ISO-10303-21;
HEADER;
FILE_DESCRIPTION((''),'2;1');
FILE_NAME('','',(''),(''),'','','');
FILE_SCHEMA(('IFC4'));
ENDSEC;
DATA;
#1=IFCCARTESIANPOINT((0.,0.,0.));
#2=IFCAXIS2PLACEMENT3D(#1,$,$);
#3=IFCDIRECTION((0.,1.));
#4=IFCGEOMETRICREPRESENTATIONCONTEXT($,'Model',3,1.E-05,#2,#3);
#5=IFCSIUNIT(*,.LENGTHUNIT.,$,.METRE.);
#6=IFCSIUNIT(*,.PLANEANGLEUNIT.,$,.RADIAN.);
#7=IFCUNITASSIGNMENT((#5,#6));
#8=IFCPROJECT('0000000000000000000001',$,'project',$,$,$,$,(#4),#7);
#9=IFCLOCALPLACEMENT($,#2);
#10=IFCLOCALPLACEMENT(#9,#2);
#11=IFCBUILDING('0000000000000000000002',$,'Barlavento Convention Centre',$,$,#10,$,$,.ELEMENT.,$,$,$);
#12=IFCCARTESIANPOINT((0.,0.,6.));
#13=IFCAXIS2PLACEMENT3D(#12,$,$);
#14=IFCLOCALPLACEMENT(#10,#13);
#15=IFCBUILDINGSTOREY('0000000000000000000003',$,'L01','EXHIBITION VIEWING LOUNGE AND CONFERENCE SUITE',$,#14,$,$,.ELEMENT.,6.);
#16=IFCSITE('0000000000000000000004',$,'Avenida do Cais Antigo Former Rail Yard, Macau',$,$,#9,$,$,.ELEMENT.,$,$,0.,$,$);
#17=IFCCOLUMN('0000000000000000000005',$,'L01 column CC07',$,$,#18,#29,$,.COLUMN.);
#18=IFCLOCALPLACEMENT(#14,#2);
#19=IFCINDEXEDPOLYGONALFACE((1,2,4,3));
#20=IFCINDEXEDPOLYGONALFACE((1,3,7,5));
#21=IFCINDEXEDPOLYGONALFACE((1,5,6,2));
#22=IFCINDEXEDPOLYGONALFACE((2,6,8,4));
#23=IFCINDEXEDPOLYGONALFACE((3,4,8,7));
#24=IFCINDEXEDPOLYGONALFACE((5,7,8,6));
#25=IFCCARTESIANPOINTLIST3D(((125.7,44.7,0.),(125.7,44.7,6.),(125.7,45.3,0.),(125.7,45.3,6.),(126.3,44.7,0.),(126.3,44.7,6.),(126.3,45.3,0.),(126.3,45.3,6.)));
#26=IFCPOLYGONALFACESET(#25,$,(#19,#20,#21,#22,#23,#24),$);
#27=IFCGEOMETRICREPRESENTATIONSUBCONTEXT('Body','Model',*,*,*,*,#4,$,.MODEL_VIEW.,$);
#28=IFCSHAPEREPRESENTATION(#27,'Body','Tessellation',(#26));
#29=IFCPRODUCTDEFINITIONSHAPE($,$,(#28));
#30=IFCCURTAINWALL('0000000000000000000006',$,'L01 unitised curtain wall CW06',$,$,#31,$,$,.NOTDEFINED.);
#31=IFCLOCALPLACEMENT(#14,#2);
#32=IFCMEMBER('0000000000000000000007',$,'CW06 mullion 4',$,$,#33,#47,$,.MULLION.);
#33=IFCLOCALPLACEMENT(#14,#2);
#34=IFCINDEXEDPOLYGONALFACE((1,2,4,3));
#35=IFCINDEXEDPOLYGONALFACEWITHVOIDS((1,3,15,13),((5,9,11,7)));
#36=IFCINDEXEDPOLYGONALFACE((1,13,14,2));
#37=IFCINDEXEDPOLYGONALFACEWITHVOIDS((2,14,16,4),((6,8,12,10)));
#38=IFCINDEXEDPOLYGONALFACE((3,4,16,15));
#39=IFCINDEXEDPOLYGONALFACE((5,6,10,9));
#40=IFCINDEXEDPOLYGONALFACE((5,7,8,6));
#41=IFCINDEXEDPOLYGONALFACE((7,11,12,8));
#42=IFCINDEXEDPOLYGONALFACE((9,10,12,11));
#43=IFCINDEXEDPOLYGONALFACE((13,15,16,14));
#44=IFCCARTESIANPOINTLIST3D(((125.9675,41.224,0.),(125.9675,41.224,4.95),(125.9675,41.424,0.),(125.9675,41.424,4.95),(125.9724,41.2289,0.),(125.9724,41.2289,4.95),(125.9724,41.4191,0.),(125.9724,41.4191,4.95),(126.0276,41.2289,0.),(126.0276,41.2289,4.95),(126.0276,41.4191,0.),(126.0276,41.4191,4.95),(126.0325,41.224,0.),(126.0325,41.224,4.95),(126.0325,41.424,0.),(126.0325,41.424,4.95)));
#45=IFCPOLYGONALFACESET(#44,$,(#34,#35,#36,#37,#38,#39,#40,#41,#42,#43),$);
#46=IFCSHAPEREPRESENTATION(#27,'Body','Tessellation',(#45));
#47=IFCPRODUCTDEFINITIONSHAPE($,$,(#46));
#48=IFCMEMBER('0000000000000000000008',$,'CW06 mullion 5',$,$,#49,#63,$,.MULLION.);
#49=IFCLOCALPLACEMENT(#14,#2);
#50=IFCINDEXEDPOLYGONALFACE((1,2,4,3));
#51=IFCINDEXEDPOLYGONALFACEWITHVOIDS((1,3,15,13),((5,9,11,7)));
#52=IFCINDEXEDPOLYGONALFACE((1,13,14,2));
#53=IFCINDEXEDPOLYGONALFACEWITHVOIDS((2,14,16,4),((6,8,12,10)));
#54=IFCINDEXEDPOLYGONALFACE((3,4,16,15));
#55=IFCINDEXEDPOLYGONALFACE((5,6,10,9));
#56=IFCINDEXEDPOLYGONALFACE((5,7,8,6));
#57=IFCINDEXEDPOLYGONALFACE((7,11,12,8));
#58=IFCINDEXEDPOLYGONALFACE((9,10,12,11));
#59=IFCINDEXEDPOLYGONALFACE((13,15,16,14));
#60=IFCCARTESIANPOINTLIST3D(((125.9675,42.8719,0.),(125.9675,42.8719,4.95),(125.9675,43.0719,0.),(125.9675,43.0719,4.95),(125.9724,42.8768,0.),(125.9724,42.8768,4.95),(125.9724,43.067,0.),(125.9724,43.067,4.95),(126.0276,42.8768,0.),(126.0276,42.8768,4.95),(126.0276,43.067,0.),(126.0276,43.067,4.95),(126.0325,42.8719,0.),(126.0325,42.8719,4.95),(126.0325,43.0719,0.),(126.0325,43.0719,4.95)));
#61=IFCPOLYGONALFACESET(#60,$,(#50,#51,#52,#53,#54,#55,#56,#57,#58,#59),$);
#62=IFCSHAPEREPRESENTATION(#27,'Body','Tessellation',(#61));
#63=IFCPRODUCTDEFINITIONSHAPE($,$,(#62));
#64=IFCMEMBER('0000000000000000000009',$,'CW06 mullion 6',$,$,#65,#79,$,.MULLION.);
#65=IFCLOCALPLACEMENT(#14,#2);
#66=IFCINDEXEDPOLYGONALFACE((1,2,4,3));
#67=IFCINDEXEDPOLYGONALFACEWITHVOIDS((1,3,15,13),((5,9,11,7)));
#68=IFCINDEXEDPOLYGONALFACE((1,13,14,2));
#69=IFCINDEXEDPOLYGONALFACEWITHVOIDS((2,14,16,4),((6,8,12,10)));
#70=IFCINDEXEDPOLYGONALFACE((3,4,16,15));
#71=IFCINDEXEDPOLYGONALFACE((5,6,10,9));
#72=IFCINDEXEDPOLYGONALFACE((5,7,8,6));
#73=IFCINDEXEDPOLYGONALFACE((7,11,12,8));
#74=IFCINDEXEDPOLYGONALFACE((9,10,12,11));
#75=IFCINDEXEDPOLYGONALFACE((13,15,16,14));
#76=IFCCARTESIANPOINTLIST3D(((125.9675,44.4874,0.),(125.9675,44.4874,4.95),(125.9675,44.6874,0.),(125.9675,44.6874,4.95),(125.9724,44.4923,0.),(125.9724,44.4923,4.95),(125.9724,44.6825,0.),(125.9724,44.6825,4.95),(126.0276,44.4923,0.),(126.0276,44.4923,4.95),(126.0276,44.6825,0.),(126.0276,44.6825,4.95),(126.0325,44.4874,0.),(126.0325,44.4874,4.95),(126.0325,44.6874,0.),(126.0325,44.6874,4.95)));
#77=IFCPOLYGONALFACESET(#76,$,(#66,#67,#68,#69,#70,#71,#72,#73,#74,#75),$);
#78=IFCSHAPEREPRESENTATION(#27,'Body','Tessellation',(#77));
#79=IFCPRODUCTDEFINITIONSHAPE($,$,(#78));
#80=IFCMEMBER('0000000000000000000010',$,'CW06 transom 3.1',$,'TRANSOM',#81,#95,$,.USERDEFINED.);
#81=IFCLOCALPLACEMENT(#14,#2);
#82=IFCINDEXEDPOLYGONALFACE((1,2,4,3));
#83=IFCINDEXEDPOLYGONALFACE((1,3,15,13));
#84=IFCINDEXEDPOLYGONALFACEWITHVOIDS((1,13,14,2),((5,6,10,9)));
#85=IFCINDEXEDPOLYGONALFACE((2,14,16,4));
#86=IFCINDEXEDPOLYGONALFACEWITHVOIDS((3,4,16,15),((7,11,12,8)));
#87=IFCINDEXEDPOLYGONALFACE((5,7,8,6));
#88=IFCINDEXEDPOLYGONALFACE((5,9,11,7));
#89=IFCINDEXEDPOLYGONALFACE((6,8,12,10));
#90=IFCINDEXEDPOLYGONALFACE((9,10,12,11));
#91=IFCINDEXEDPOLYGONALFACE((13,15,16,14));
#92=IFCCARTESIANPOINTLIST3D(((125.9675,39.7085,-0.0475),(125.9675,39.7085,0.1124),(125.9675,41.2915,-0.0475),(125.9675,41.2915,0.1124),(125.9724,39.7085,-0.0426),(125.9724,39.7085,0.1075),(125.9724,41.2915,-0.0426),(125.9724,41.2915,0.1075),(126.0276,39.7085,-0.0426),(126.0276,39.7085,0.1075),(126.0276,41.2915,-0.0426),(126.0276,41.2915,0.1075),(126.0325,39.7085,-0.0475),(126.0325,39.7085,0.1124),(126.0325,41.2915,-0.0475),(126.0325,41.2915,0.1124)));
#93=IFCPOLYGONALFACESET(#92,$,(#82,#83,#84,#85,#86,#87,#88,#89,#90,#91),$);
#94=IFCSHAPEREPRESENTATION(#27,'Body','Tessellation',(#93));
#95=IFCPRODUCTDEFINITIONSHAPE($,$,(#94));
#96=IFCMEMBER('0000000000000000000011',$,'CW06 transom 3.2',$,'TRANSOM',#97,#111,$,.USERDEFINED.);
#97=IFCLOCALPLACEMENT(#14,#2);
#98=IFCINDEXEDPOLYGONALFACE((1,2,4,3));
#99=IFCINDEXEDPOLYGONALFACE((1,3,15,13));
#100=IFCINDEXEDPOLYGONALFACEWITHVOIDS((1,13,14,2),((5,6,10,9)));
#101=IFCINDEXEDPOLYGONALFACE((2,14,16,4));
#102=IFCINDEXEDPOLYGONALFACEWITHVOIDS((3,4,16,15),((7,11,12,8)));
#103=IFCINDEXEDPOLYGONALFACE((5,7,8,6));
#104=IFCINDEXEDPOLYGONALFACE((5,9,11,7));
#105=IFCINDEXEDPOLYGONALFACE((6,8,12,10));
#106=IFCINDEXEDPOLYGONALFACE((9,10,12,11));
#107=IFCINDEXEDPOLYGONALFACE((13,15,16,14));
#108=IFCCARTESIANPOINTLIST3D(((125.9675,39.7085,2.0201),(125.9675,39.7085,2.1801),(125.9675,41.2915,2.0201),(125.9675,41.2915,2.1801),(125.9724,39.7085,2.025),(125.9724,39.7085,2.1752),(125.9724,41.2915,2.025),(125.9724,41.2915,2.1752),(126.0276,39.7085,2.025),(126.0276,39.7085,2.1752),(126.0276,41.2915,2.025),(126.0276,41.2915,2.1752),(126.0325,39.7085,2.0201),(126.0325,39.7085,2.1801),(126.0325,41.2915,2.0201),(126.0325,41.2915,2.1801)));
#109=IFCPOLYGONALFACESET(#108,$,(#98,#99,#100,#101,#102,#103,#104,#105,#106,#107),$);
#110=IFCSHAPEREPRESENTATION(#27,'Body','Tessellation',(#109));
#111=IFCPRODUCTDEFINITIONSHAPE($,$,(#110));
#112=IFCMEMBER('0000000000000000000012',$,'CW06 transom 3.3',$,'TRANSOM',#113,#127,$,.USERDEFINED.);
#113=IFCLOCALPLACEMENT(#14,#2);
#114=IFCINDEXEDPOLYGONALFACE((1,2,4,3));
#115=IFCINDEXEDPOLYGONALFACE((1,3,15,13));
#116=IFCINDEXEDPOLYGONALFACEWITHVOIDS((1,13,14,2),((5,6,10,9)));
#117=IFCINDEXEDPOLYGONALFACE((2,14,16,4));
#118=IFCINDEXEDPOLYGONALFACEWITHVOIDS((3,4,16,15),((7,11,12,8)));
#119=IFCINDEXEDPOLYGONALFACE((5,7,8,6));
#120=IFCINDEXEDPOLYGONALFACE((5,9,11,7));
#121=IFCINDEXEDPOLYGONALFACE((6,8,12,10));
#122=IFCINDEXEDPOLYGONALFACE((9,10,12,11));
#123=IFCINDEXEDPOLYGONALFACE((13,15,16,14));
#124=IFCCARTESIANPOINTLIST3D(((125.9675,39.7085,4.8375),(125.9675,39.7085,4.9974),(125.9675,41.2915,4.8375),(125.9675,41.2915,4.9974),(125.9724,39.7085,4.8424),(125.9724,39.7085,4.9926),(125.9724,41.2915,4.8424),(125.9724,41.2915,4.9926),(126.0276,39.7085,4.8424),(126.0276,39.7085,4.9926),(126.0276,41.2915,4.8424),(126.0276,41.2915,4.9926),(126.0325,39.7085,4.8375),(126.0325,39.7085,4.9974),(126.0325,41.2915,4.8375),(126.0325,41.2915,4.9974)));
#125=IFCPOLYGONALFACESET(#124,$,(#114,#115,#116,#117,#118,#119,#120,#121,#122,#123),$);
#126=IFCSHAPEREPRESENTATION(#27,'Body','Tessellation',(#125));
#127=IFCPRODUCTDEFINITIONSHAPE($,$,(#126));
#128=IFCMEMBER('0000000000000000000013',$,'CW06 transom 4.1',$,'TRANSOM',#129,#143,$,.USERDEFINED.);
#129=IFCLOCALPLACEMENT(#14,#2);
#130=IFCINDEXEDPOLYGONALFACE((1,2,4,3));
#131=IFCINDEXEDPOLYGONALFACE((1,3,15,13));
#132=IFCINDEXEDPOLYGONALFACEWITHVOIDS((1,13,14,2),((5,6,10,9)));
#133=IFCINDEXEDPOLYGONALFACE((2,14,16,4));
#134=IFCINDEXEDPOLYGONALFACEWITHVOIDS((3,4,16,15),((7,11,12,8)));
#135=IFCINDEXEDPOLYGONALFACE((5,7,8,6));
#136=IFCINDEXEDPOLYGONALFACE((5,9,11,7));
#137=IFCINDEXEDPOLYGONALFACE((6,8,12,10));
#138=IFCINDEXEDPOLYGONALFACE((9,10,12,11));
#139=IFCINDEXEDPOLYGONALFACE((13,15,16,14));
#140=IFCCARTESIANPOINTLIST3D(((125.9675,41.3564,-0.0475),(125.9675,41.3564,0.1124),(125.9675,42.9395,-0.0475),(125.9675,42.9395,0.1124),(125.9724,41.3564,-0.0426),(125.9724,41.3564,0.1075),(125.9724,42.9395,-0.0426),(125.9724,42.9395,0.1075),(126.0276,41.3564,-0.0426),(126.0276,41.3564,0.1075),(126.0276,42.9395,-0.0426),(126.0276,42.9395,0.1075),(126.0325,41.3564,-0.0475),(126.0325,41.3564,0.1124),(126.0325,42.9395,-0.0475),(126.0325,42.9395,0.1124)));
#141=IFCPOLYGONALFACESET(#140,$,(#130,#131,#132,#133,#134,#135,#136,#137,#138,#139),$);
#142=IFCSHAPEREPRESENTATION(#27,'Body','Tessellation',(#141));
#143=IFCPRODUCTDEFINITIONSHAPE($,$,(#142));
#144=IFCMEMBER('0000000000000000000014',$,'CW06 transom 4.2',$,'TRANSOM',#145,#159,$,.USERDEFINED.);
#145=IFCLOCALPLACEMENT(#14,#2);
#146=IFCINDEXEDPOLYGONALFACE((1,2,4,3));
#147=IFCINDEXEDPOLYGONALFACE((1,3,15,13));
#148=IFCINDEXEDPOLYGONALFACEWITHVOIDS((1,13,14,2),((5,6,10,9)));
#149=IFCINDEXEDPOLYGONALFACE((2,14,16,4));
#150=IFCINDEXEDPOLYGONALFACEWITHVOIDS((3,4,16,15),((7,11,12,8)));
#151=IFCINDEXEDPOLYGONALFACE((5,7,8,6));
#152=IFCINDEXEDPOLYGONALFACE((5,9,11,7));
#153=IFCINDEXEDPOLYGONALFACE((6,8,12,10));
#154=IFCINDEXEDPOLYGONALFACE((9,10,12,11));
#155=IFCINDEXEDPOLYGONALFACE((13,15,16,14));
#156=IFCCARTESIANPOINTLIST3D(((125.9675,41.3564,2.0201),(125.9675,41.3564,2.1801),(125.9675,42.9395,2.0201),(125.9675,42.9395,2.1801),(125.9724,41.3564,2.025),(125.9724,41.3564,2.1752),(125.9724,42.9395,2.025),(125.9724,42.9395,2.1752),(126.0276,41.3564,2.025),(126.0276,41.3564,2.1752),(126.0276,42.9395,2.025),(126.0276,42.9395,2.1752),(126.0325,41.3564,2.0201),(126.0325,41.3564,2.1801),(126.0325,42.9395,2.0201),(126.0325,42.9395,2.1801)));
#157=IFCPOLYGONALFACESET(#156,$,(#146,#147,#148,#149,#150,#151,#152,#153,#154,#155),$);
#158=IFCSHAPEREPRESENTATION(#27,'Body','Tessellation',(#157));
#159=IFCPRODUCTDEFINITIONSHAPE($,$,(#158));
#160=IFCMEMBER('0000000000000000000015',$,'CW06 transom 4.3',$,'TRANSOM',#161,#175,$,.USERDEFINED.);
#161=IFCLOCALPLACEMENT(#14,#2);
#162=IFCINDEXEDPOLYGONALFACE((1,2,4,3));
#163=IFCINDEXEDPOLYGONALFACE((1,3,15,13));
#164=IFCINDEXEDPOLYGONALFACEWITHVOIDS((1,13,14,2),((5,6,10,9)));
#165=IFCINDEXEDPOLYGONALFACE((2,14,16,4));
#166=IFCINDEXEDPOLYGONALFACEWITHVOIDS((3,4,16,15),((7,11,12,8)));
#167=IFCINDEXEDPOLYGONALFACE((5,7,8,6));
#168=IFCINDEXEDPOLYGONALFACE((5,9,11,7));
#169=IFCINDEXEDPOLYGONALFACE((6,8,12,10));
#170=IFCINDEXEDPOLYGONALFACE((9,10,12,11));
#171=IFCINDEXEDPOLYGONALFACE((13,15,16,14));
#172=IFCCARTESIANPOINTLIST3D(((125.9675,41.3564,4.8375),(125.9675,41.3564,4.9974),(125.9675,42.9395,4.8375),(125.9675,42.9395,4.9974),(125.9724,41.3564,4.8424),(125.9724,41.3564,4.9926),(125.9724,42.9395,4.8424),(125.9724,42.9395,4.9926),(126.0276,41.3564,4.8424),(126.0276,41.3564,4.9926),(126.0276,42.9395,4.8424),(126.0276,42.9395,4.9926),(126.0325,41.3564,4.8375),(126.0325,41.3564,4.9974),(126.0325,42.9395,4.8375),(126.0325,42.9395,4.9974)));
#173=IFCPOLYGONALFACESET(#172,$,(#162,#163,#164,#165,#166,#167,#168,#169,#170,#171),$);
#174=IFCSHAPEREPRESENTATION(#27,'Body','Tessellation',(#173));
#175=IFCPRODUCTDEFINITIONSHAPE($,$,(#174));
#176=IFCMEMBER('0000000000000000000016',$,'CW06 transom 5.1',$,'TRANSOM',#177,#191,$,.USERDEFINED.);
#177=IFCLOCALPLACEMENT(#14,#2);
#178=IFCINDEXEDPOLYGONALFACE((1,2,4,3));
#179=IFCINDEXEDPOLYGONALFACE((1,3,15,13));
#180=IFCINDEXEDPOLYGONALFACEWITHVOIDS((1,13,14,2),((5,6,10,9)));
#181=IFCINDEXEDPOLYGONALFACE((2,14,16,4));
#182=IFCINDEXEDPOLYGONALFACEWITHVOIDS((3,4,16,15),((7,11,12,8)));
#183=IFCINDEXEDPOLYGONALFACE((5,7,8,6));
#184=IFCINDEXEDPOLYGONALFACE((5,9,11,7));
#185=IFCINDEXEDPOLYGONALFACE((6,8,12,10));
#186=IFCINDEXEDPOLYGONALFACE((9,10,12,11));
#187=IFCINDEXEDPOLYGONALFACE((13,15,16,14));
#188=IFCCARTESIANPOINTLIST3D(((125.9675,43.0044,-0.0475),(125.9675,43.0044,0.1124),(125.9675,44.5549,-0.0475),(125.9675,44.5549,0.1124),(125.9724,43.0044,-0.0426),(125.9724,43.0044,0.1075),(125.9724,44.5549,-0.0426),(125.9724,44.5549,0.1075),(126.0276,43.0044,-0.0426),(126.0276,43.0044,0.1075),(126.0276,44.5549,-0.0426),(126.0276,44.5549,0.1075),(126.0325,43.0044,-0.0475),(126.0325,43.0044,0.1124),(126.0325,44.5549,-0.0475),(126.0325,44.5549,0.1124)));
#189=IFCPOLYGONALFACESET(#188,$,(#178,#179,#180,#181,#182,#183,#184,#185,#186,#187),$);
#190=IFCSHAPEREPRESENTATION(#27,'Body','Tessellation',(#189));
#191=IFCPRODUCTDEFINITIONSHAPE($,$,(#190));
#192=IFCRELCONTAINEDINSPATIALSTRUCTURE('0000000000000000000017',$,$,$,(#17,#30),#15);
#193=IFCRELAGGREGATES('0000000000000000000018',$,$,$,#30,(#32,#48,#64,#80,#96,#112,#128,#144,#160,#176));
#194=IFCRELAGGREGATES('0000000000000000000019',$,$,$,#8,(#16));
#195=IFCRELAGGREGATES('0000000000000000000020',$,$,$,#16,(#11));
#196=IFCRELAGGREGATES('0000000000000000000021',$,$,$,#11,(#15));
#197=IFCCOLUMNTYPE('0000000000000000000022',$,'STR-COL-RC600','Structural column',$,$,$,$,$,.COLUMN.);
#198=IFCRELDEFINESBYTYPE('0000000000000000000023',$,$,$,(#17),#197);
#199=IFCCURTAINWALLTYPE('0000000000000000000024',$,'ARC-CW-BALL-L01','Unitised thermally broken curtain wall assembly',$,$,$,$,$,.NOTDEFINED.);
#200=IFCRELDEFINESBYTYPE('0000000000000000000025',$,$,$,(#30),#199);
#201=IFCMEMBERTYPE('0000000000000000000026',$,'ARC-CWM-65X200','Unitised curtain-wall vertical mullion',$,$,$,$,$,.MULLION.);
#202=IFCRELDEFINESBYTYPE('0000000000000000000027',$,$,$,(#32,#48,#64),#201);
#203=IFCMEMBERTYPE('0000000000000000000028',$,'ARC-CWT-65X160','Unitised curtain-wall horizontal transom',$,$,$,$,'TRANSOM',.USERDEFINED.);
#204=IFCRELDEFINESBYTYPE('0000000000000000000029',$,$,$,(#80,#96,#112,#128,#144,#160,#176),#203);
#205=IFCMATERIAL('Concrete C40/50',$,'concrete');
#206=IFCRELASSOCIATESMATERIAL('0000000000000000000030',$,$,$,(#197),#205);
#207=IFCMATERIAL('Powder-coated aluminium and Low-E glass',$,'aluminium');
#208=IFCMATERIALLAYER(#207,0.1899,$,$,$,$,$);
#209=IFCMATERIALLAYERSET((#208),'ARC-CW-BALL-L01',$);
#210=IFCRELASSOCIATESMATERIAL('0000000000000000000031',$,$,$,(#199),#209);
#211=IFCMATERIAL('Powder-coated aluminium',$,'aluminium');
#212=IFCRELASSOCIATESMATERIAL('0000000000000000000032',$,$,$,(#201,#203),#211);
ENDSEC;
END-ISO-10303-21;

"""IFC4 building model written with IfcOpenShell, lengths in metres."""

from ifc_helpers import new_model, si_unit, direction, frame, origin, origin_2d, place, context, subcontext, project, spatial, rectangle, hollow_rectangle, extrude, material, layer, layer_set, material_profile, profile_set, type_object, element, aggregate, save


model = new_model("IFC4")

# Units and contexts
model_context = context("Model", 3, precision=1e-05, world=origin(), true_north=direction((0.0, 1.0)))
body_context = subcontext(model_context, "Body", "Model", "MODEL_VIEW")
ifc_project = project(units=[si_unit("LENGTHUNIT", "METRE"), si_unit("PLANEANGLEUNIT", "RADIAN")], contexts=[model_context])

# Site, building, storey
site_placement = place(None, origin())
site = spatial("IfcSite", under=ifc_project, at=site_placement, Name="Avenida do Cais Antigo Former Rail Yard, Macau", CompositionType="ELEMENT", RefElevation=0.0)
building_placement = place(site_placement, origin())
building = spatial("IfcBuilding", under=site, at=building_placement, Name="Barlavento Convention Centre", CompositionType="ELEMENT")
storey_placement = place(building_placement, frame((0.0, 0.0, 6.0)))
storey = spatial("IfcBuildingStorey", under=building, at=storey_placement, Name="L01", Description="EXHIBITION VIEWING LOUNGE AND CONFERENCE SUITE", CompositionType="ELEMENT", Elevation=6.0)

# Column
ifc_material_1 = material(Name="Concrete C40/50", Category="concrete")
ifc_material_profile_1 = material_profile(ifc_material_1, rectangle(XDim=0.6001, YDim=0.6001, at=origin_2d()), Name="RC 600x600")
ifc_profile_set_1 = profile_set([ifc_material_profile_1], Name="Concrete C40/50")
column_type = type_object("IfcColumnType", Name="STR-COL-RC600", Description="Structural column", PredefinedType="COLUMN", material=ifc_profile_set_1)
column_placement = place(storey_placement, frame((126.0, 45.0, 0.0), z_axis=(0.0, 0.0, 1.0), x_axis=(1.0, 0.0, 0.0)))
element("IfcColumn", 1, at=column_placement, inside=storey, type_object=column_type, Name="L01 column CC07", PredefinedType="COLUMN", context=body_context, shape_type="SweptSolid", body=[
    extrude(rectangle(XDim=0.6001, YDim=0.6001, at=origin_2d()), origin(), (0.0, 0.0, 1.0), 6.0),
])

# Curtain wall, members
ifc_material_2 = material(Name="Powder-coated aluminium and Low-E glass", Category="aluminium")
ifc_layer_1 = layer(ifc_material_2, 0.1899)
ifc_layer_set_1 = layer_set([ifc_layer_1], Name="ARC-CW-BALL-L01")
curtain_wall_type = type_object("IfcCurtainWallType", Name="ARC-CW-BALL-L01", Description="Unitised thermally broken curtain wall assembly", PredefinedType="NOTDEFINED", material=ifc_layer_set_1)
curtain_wall_placement = place(storey_placement, origin())
curtain_wall = element("IfcCurtainWall", 2, at=curtain_wall_placement, inside=storey, type_object=curtain_wall_type, Name="L01 unitised curtain wall CW06", PredefinedType="NOTDEFINED")
ifc_material_3 = material(Name="Powder-coated aluminium", Category="aluminium")
ifc_material_profile_2 = material_profile(ifc_material_3, hollow_rectangle(XDim=0.0649, YDim=0.2, WallThickness=0.0049, at=origin_2d()), Name="AL-MULL 65x200x5")
ifc_profile_set_2 = profile_set([ifc_material_profile_2], Name="Powder-coated aluminium")
member_type_1 = type_object("IfcMemberType", Name="ARC-CWM-65X200", Description="Unitised curtain-wall vertical mullion", PredefinedType="MULLION", material=ifc_profile_set_2)
member_1_placement = place(storey_placement, frame((126.0, 41.324, 0.0), z_axis=(0.0, 0.0, 1.0), x_axis=(-1.0, 0.0, 0.0)))
member_1 = element("IfcMember", 3, at=member_1_placement, type_object=member_type_1, Name="CW06 mullion 4", PredefinedType="MULLION", context=body_context, shape_type="SweptSolid", body=[
    extrude(hollow_rectangle(XDim=0.0649, YDim=0.2, WallThickness=0.0049, at=origin_2d()), origin(), (0.0, 0.0, 1.0), 4.95),
])
member_2_placement = place(storey_placement, frame((126.0, 42.9719, 0.0), z_axis=(0.0, 0.0, 1.0), x_axis=(-1.0, 0.0, 0.0)))
member_2 = element("IfcMember", 4, at=member_2_placement, type_object=member_type_1, Name="CW06 mullion 5", PredefinedType="MULLION", context=body_context, shape_type="SweptSolid", body=[
    extrude(hollow_rectangle(XDim=0.0649, YDim=0.2, WallThickness=0.0049, at=origin_2d()), origin(), (0.0, 0.0, 1.0), 4.95),
])
member_3_placement = place(storey_placement, frame((126.0, 44.5874, 0.0), z_axis=(0.0, 0.0, 1.0), x_axis=(-1.0, 0.0, 0.0)))
member_3 = element("IfcMember", 5, at=member_3_placement, type_object=member_type_1, Name="CW06 mullion 6", PredefinedType="MULLION", context=body_context, shape_type="SweptSolid", body=[
    extrude(hollow_rectangle(XDim=0.0649, YDim=0.2, WallThickness=0.0049, at=origin_2d()), origin(), (0.0, 0.0, 1.0), 4.95),
])
ifc_material_profile_3 = material_profile(ifc_material_3, hollow_rectangle(XDim=0.0649, YDim=0.1599, WallThickness=0.0049, at=origin_2d()), Name="AL-TRAN 65x160x5")
ifc_profile_set_3 = profile_set([ifc_material_profile_3], Name="Powder-coated aluminium")
member_type_2 = type_object("IfcMemberType", Name="ARC-CWT-65X160", Description="Unitised curtain-wall horizontal transom", ElementType="TRANSOM", PredefinedType="USERDEFINED", material=ifc_profile_set_3)
member_4_placement = place(storey_placement, frame((126.0, 39.7085, 0.0325), z_axis=(0.0, 1.0, 0.0), x_axis=(-1.0, 0.0, 0.0)))
member_4 = element("IfcMember", 6, at=member_4_placement, type_object=member_type_2, Name="CW06 transom 3.1", ObjectType="TRANSOM", PredefinedType="USERDEFINED", context=body_context, shape_type="SweptSolid", body=[
    extrude(hollow_rectangle(XDim=0.0649, YDim=0.1599, WallThickness=0.0049, at=origin_2d()), origin(), (0.0, 0.0, 1.0), 1.583),
])
member_5_placement = place(storey_placement, frame((126.0, 39.7085, 2.1001), z_axis=(0.0, 1.0, 0.0), x_axis=(-1.0, 0.0, 0.0)))
member_5 = element("IfcMember", 7, at=member_5_placement, type_object=member_type_2, Name="CW06 transom 3.2", ObjectType="TRANSOM", PredefinedType="USERDEFINED", context=body_context, shape_type="SweptSolid", body=[
    extrude(hollow_rectangle(XDim=0.0649, YDim=0.1599, WallThickness=0.0049, at=origin_2d()), origin(), (0.0, 0.0, 1.0), 1.583),
])
member_6_placement = place(storey_placement, frame((126.0, 39.7085, 4.9175), z_axis=(0.0, 1.0, 0.0), x_axis=(-1.0, 0.0, 0.0)))
member_6 = element("IfcMember", 8, at=member_6_placement, type_object=member_type_2, Name="CW06 transom 3.3", ObjectType="TRANSOM", PredefinedType="USERDEFINED", context=body_context, shape_type="SweptSolid", body=[
    extrude(hollow_rectangle(XDim=0.0649, YDim=0.1599, WallThickness=0.0049, at=origin_2d()), origin(), (0.0, 0.0, 1.0), 1.583),
])
member_7_placement = place(storey_placement, frame((126.0, 41.3564, 0.0325), z_axis=(0.0, 1.0, 0.0), x_axis=(-1.0, 0.0, 0.0)))
member_7 = element("IfcMember", 9, at=member_7_placement, type_object=member_type_2, Name="CW06 transom 4.1", ObjectType="TRANSOM", PredefinedType="USERDEFINED", context=body_context, shape_type="SweptSolid", body=[
    extrude(hollow_rectangle(XDim=0.0649, YDim=0.1599, WallThickness=0.0049, at=origin_2d()), origin(), (0.0, 0.0, 1.0), 1.583),
])
member_8_placement = place(storey_placement, frame((126.0, 41.3564, 2.1001), z_axis=(0.0, 1.0, 0.0), x_axis=(-1.0, 0.0, 0.0)))
member_8 = element("IfcMember", 10, at=member_8_placement, type_object=member_type_2, Name="CW06 transom 4.2", ObjectType="TRANSOM", PredefinedType="USERDEFINED", context=body_context, shape_type="SweptSolid", body=[
    extrude(hollow_rectangle(XDim=0.0649, YDim=0.1599, WallThickness=0.0049, at=origin_2d()), origin(), (0.0, 0.0, 1.0), 1.583),
])
member_9_placement = place(storey_placement, frame((126.0, 41.3564, 4.9175), z_axis=(0.0, 1.0, 0.0), x_axis=(-1.0, 0.0, 0.0)))
member_9 = element("IfcMember", 11, at=member_9_placement, type_object=member_type_2, Name="CW06 transom 4.3", ObjectType="TRANSOM", PredefinedType="USERDEFINED", context=body_context, shape_type="SweptSolid", body=[
    extrude(hollow_rectangle(XDim=0.0649, YDim=0.1599, WallThickness=0.0049, at=origin_2d()), origin(), (0.0, 0.0, 1.0), 1.583),
])
member_10_placement = place(storey_placement, frame((126.0, 43.0044, 0.0325), z_axis=(0.0, 1.0, 0.0), x_axis=(-1.0, 0.0, 0.0)))
member_10 = element("IfcMember", 12, at=member_10_placement, type_object=member_type_2, Name="CW06 transom 5.1", ObjectType="TRANSOM", PredefinedType="USERDEFINED", context=body_context, shape_type="SweptSolid", body=[
    extrude(hollow_rectangle(XDim=0.0649, YDim=0.1599, WallThickness=0.0049, at=origin_2d()), origin(), (0.0, 0.0, 1.0), 1.5505),
])

aggregate(curtain_wall, [member_1, member_2, member_3, member_4, member_5, member_6, member_7, member_8, member_9, member_10])

save(model, "model.ifc")
